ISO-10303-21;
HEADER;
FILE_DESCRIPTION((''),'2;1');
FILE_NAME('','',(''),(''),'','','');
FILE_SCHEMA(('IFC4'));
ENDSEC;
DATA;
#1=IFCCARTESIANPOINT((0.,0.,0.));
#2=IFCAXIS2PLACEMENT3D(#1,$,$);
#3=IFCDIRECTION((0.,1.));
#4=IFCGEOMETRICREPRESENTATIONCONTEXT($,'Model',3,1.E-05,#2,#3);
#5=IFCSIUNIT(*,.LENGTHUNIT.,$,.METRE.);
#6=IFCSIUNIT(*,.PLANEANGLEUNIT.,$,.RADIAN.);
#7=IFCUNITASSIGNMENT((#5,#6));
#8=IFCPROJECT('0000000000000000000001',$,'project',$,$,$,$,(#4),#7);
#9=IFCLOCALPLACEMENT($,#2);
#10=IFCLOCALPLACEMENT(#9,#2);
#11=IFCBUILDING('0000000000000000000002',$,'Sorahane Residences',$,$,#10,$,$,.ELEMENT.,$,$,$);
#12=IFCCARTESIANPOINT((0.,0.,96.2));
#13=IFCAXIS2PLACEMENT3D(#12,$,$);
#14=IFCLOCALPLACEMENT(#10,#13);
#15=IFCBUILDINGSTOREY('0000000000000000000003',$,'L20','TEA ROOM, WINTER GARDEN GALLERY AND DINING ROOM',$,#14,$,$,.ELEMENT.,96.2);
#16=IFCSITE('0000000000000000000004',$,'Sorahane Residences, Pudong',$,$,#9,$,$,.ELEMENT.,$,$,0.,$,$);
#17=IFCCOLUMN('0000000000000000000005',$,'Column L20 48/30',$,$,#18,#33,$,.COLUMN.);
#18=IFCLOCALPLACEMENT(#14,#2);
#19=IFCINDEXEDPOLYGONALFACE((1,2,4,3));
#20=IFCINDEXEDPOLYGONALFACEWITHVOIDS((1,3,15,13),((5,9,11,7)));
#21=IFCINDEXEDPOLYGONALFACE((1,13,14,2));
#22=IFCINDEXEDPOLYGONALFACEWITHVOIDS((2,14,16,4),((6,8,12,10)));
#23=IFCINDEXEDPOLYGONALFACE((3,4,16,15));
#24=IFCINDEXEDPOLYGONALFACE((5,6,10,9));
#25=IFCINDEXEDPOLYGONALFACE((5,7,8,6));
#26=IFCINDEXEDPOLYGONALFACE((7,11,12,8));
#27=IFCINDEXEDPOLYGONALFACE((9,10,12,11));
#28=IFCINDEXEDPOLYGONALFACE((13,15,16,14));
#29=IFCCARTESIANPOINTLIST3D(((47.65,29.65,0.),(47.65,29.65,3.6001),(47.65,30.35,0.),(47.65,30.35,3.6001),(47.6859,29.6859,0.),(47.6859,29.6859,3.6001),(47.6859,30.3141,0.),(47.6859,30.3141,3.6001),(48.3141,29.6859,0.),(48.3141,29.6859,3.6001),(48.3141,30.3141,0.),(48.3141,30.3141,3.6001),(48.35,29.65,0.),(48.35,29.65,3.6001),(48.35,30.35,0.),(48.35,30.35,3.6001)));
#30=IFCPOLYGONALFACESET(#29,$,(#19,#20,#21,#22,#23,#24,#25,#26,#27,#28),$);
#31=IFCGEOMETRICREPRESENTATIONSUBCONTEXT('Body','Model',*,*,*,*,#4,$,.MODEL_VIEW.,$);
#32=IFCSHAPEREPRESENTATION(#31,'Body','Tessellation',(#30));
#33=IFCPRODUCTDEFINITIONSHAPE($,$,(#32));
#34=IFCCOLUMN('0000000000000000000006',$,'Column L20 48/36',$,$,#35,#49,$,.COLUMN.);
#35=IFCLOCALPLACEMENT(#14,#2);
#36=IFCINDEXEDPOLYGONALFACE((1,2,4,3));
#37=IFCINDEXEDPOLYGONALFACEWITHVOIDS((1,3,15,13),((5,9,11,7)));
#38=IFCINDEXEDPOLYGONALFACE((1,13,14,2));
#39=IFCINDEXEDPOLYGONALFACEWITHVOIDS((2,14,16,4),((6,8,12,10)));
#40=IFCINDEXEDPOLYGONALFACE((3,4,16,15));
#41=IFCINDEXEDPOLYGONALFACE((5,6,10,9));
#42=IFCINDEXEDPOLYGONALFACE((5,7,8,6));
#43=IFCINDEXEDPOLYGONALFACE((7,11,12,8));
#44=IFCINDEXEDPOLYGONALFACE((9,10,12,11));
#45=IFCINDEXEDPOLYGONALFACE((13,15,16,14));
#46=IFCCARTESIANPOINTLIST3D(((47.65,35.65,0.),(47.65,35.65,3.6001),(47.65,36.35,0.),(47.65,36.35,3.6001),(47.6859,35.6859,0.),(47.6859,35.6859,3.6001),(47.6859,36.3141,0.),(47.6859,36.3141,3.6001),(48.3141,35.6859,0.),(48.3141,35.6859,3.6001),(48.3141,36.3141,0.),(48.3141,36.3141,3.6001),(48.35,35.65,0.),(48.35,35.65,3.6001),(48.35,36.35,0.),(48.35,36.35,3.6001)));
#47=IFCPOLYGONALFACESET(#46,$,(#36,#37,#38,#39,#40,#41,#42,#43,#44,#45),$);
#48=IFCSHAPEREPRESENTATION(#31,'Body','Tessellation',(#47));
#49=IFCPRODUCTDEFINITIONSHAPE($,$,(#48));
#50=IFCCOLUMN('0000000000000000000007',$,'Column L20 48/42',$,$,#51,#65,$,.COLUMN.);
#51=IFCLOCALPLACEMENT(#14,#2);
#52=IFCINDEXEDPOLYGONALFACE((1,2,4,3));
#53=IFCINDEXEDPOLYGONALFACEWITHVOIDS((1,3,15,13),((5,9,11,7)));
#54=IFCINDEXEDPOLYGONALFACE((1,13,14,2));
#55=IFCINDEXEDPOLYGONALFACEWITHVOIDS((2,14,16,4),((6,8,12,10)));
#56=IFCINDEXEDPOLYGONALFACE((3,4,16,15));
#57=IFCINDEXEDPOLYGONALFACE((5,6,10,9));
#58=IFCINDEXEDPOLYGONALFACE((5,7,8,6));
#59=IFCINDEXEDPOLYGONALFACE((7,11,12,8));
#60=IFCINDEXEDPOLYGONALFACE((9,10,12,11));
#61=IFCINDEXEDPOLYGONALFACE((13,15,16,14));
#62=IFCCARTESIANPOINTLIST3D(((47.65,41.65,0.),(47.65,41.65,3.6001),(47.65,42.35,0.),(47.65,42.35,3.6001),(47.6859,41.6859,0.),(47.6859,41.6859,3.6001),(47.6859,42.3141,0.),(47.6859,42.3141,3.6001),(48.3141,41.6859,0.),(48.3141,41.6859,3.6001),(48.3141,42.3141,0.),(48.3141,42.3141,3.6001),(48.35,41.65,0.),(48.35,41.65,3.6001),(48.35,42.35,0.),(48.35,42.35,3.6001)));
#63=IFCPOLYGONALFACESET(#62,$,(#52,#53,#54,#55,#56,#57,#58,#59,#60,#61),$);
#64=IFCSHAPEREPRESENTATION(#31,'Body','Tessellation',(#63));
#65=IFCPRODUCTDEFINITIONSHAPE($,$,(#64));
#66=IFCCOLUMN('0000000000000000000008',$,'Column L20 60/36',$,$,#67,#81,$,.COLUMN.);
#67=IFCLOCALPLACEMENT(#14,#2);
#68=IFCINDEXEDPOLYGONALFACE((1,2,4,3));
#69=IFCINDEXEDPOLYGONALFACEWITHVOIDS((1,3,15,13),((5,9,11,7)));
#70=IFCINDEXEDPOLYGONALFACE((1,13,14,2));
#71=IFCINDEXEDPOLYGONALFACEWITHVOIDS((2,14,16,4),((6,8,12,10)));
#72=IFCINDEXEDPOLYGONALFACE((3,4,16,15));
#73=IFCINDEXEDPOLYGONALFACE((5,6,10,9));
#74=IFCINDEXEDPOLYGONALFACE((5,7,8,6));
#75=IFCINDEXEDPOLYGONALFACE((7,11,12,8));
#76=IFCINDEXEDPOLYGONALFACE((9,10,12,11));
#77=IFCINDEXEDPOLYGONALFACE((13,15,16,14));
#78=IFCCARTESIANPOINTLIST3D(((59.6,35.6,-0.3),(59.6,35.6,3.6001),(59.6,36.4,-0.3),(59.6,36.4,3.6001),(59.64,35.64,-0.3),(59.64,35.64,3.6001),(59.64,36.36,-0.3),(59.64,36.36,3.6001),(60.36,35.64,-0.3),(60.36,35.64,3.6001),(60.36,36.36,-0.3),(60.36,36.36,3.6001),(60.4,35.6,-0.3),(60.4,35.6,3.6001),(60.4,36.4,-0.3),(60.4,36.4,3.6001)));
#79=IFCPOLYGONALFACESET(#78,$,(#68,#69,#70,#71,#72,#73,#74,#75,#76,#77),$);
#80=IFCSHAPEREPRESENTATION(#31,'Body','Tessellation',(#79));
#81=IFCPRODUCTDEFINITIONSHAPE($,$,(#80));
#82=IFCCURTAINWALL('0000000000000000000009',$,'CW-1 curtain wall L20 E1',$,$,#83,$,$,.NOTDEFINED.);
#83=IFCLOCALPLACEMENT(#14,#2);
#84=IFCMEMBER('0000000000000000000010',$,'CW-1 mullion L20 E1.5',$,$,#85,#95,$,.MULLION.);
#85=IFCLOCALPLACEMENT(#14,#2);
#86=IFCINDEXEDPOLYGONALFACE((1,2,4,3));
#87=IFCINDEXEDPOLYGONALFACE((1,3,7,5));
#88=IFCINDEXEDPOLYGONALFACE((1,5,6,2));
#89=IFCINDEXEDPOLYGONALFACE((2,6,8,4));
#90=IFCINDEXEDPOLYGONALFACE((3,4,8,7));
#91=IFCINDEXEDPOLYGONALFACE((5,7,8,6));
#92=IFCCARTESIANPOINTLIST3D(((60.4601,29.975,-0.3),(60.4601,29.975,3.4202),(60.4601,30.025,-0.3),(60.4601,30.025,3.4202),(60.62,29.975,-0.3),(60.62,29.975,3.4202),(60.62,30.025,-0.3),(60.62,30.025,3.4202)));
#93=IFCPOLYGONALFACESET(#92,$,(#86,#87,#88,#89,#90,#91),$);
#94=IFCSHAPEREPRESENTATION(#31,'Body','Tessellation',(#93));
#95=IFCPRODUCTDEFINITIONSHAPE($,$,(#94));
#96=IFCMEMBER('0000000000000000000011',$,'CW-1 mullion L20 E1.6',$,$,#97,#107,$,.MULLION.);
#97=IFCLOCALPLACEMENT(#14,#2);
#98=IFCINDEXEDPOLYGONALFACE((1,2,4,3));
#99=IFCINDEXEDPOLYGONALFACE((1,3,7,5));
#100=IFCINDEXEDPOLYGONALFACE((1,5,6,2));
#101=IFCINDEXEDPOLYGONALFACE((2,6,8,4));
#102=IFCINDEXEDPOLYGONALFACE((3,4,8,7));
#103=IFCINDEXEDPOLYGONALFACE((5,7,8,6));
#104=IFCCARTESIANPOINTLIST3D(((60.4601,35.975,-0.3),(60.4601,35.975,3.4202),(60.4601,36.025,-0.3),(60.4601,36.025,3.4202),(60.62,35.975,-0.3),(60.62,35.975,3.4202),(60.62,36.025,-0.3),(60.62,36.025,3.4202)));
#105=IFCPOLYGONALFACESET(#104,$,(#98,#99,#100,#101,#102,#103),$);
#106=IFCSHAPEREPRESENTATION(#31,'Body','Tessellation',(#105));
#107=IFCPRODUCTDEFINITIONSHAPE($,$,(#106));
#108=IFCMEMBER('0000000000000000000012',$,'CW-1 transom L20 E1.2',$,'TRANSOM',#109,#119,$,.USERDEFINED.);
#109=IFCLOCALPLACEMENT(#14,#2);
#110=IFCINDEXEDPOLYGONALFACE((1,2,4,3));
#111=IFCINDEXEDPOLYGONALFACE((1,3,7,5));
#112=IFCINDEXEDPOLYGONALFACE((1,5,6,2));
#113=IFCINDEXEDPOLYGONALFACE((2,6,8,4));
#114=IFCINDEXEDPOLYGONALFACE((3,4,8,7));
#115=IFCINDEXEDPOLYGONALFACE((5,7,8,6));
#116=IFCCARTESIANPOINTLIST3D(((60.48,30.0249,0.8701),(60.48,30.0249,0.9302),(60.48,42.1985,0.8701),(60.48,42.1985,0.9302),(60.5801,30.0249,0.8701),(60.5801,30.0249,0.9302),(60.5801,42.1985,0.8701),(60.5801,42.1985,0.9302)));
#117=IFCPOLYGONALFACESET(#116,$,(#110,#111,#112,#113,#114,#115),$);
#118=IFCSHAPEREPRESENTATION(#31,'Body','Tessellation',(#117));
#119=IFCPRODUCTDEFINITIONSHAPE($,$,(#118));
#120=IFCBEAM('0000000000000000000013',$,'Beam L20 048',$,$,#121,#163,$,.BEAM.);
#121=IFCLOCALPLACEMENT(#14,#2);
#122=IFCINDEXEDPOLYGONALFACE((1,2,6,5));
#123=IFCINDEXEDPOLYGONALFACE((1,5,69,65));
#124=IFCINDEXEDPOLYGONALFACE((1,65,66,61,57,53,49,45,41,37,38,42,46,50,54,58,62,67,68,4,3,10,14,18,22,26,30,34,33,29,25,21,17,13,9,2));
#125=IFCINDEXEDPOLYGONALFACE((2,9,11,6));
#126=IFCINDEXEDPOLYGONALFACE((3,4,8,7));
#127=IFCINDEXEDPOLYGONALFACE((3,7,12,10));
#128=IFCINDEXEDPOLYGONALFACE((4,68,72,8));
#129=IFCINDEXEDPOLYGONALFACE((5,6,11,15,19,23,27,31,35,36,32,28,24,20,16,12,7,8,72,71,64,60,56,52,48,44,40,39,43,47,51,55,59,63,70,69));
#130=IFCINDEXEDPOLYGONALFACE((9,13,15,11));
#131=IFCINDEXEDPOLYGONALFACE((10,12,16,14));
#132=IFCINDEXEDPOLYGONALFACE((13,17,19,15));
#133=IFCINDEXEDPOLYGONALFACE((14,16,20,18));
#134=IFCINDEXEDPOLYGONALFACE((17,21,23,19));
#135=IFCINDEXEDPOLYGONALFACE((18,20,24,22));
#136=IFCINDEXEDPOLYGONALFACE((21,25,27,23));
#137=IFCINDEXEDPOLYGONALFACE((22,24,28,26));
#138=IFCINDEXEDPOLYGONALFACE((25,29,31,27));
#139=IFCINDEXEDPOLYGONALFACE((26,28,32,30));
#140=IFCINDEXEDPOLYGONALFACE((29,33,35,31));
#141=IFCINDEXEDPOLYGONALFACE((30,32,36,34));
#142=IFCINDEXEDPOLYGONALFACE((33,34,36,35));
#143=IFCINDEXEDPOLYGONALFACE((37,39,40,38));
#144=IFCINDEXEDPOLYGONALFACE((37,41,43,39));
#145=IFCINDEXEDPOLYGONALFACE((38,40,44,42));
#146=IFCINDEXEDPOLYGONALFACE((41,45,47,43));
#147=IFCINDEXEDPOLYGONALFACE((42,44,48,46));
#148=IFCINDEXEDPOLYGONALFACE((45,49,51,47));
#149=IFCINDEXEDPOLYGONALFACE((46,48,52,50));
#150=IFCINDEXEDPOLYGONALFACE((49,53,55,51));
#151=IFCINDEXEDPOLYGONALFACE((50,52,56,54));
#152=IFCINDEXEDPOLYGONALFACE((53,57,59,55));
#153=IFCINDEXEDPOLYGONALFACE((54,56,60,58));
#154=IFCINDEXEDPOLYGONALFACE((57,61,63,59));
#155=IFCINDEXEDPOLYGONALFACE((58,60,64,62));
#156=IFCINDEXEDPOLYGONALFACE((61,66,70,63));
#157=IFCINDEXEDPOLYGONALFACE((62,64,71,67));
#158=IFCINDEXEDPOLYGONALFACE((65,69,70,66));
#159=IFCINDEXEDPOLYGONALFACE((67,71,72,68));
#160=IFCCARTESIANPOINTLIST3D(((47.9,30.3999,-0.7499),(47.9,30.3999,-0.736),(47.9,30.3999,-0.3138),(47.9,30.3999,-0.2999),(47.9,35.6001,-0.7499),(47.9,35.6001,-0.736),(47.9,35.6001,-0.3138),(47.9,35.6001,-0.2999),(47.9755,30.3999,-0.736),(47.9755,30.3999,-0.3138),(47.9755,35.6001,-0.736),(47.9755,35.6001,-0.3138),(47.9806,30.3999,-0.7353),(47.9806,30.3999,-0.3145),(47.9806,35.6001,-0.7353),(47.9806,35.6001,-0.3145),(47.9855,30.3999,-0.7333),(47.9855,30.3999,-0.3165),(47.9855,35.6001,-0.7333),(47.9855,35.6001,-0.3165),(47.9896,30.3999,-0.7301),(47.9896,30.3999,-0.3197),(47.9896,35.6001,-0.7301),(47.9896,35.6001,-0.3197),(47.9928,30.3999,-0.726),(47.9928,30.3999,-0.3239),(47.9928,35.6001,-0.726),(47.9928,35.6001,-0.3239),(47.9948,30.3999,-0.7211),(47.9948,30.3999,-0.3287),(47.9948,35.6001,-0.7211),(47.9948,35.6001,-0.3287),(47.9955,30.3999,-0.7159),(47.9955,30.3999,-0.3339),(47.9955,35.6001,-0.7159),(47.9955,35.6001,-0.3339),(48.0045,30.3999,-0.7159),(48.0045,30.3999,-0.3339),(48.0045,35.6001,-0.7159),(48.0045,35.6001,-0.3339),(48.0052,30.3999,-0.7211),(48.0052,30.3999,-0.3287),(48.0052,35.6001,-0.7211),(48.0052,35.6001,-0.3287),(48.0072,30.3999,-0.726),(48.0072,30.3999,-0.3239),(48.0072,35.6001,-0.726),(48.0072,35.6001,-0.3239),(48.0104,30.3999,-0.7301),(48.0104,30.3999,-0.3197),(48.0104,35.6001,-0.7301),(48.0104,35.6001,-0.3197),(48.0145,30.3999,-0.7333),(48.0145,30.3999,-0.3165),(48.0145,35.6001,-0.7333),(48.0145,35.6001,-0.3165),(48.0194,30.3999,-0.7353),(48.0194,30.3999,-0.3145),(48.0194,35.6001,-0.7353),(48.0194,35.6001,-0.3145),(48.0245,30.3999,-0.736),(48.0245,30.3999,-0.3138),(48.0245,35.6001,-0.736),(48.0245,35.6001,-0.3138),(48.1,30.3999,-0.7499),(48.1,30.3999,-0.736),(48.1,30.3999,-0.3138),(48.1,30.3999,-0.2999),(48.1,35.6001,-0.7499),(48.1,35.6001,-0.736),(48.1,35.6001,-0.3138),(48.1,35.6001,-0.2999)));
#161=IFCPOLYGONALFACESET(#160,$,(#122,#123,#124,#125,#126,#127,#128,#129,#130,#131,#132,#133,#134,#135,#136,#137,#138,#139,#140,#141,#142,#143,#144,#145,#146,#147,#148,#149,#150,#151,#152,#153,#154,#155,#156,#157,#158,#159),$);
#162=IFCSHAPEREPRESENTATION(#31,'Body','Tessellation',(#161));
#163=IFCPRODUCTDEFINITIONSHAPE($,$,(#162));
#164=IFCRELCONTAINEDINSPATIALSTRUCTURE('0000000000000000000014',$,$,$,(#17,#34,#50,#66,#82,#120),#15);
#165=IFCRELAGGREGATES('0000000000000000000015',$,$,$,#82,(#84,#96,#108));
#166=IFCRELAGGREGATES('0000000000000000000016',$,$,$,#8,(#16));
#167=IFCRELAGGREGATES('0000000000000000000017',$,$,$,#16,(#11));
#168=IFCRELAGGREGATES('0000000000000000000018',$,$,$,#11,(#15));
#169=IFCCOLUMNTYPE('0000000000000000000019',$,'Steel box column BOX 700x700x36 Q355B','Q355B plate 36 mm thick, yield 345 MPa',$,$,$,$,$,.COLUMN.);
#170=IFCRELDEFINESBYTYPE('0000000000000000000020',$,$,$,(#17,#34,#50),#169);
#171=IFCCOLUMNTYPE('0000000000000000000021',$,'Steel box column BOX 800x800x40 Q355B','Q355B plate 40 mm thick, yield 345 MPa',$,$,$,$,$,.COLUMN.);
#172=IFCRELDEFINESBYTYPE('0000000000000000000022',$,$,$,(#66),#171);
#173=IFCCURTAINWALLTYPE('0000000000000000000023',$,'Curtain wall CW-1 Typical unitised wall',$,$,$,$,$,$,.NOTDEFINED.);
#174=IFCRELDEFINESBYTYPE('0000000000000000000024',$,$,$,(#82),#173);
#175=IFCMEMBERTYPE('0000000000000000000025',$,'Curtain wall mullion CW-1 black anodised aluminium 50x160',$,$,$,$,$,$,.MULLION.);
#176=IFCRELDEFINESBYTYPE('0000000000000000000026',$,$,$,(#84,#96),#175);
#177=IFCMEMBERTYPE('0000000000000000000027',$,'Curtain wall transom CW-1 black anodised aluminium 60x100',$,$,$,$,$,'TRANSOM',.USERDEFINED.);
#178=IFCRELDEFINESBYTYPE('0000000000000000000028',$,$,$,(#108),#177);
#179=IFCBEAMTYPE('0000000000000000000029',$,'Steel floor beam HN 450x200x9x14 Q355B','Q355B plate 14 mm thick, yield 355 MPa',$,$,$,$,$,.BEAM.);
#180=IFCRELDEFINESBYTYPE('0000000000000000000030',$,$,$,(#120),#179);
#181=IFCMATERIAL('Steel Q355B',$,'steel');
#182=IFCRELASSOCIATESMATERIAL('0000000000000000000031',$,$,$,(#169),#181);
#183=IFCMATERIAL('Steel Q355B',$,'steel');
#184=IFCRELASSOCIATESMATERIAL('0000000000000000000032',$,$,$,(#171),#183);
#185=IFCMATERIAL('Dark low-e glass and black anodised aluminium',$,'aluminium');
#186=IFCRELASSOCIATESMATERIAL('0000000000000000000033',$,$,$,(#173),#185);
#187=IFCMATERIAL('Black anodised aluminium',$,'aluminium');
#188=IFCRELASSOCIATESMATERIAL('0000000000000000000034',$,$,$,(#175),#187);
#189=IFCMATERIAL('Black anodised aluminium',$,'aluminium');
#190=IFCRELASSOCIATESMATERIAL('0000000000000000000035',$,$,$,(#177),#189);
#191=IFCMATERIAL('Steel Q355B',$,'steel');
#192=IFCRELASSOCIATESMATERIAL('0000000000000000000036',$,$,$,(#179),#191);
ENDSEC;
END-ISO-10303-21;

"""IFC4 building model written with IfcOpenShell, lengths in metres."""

from ifc_helpers import new_model, si_unit, direction, frame, origin, origin_2d, place, context, subcontext, project, spatial, rectangle, hollow_rectangle, i_section, extrude, material, material_profile, profile_set, type_object, element, aggregate, save


model = new_model("IFC4")

# Units and contexts
model_context = context("Model", 3, precision=1e-05, world=origin(), true_north=direction((0.0, 1.0)))
body_context = subcontext(model_context, "Body", "Model", "MODEL_VIEW")
ifc_project = project(units=[si_unit("LENGTHUNIT", "METRE"), si_unit("PLANEANGLEUNIT", "RADIAN")], contexts=[model_context])

# Site, building, storey
site_placement = place(None, origin())
site = spatial("IfcSite", under=ifc_project, at=site_placement, Name="Sorahane Residences, Pudong", CompositionType="ELEMENT", RefElevation=0.0)
building_placement = place(site_placement, origin())
building = spatial("IfcBuilding", under=site, at=building_placement, Name="Sorahane Residences", CompositionType="ELEMENT")
storey_placement = place(building_placement, frame((0.0, 0.0, 96.2)))
storey = spatial("IfcBuildingStorey", under=building, at=storey_placement, Name="L20", Description="TEA ROOM, WINTER GARDEN GALLERY AND DINING ROOM", CompositionType="ELEMENT", Elevation=96.2)

# Columns
ifc_material_1 = material(Name="Steel Q355B", Category="steel")
ifc_material_profile_1 = material_profile(ifc_material_1, hollow_rectangle(XDim=0.7, YDim=0.7, WallThickness=0.0359, at=origin_2d()), Name="BOX 700x700x36")
ifc_profile_set_1 = profile_set([ifc_material_profile_1], Name="Steel Q355B")
column_type_1 = type_object("IfcColumnType", Name="Steel box column BOX 700x700x36 Q355B", Description="Q355B plate 36 mm thick, yield 345 MPa", PredefinedType="COLUMN", material=ifc_profile_set_1)
for number, where, z_axis, x_axis, name in (
    (1, (48.0, 30.0, 0.0), (0.0, 0.0, 1.0), (1.0, 0.0, 0.0), "Column L20 48/30"),
    (2, (48.0, 36.0, 0.0), (0.0, 0.0, 1.0), (1.0, 0.0, 0.0), "Column L20 48/36"),
    (3, (48.0, 42.0, 0.0), (0.0, 0.0, 1.0), (1.0, 0.0, 0.0), "Column L20 48/42"),
):
    element("IfcColumn", number, at=place(storey_placement, frame(where, z_axis=z_axis, x_axis=x_axis)), inside=storey, type_object=column_type_1, Name=name, PredefinedType="COLUMN", context=body_context, shape_type="SweptSolid", body=[
        extrude(hollow_rectangle(XDim=0.7, YDim=0.7, WallThickness=0.0359, at=origin_2d()), origin(), (0.0, 0.0, 1.0), 3.6001),
    ])
ifc_material_2 = material(Name="Steel Q355B", Category="steel")
ifc_material_profile_2 = material_profile(ifc_material_2, hollow_rectangle(XDim=0.8, YDim=0.8, WallThickness=0.04, at=origin_2d()), Name="BOX 800x800x40")
ifc_profile_set_2 = profile_set([ifc_material_profile_2], Name="Steel Q355B")
column_type_2 = type_object("IfcColumnType", Name="Steel box column BOX 800x800x40 Q355B", Description="Q355B plate 40 mm thick, yield 345 MPa", PredefinedType="COLUMN", material=ifc_profile_set_2)
column_placement = place(storey_placement, frame((60.0, 36.0, -0.3), z_axis=(0.0, 0.0, 1.0), x_axis=(1.0, 0.0, 0.0)))
element("IfcColumn", 4, at=column_placement, inside=storey, type_object=column_type_2, Name="Column L20 60/36", PredefinedType="COLUMN", context=body_context, shape_type="SweptSolid", body=[
    extrude(hollow_rectangle(XDim=0.8, YDim=0.8, WallThickness=0.04, at=origin_2d()), origin(), (0.0, 0.0, 1.0), 3.9001),
])

# Curtain wall, members
ifc_material_3 = material(Name="Dark low-e glass and black anodised aluminium", Category="aluminium")
curtain_wall_type = type_object("IfcCurtainWallType", Name="Curtain wall CW-1 Typical unitised wall", PredefinedType="NOTDEFINED", material=ifc_material_3)
curtain_wall_placement = place(storey_placement, origin())
curtain_wall = element("IfcCurtainWall", 5, at=curtain_wall_placement, inside=storey, type_object=curtain_wall_type, Name="CW-1 curtain wall L20 E1", PredefinedType="NOTDEFINED")
ifc_material_4 = material(Name="Black anodised aluminium", Category="aluminium")
ifc_material_profile_3 = material_profile(ifc_material_4, rectangle(XDim=0.1599, YDim=0.05, at=origin_2d()), Name="Curtain wall mullion CW-1 black anodised aluminium 50x160")
ifc_profile_set_3 = profile_set([ifc_material_profile_3], Name="Black anodised aluminium")
member_type_1 = type_object("IfcMemberType", Name="Curtain wall mullion CW-1 black anodised aluminium 50x160", PredefinedType="MULLION", material=ifc_profile_set_3)
member_1_placement = place(storey_placement, frame((60.54, 30.0, -0.3), z_axis=(0.0, 0.0, 1.0), x_axis=(1.0, 0.0, 0.0)))
member_1 = element("IfcMember", 6, at=member_1_placement, type_object=member_type_1, Name="CW-1 mullion L20 E1.5", PredefinedType="MULLION", context=body_context, shape_type="SweptSolid", body=[
    extrude(rectangle(XDim=0.1599, YDim=0.05, at=origin_2d()), origin(), (0.0, 0.0, 1.0), 3.7202),
])
member_2_placement = place(storey_placement, frame((60.54, 36.0, -0.3), z_axis=(0.0, 0.0, 1.0), x_axis=(1.0, 0.0, 0.0)))
member_2 = element("IfcMember", 7, at=member_2_placement, type_object=member_type_1, Name="CW-1 mullion L20 E1.6", PredefinedType="MULLION", context=body_context, shape_type="SweptSolid", body=[
    extrude(rectangle(XDim=0.1599, YDim=0.05, at=origin_2d()), origin(), (0.0, 0.0, 1.0), 3.7202),
])
ifc_material_5 = material(Name="Black anodised aluminium", Category="aluminium")
ifc_material_profile_4 = material_profile(ifc_material_5, rectangle(XDim=0.1001, YDim=0.0601, at=origin_2d()), Name="Curtain wall transom CW-1 black anodised aluminium 60x100")
ifc_profile_set_4 = profile_set([ifc_material_profile_4], Name="Black anodised aluminium")
member_type_2 = type_object("IfcMemberType", Name="Curtain wall transom CW-1 black anodised aluminium 60x100", ElementType="TRANSOM", PredefinedType="USERDEFINED", material=ifc_profile_set_4)
member_3_placement = place(storey_placement, frame((60.53, 30.0249, 0.9001), z_axis=(0.0, 1.0, 0.0), x_axis=(-1.0, 0.0, 0.0)))
member_3 = element("IfcMember", 8, at=member_3_placement, type_object=member_type_2, Name="CW-1 transom L20 E1.2", ObjectType="TRANSOM", PredefinedType="USERDEFINED", context=body_context, shape_type="SweptSolid", body=[
    extrude(rectangle(XDim=0.1001, YDim=0.0601, at=origin_2d()), origin(), (0.0, 0.0, 1.0), 12.1736),
])

# Beam
ifc_material_6 = material(Name="Steel Q355B", Category="steel")
ifc_material_profile_5 = material_profile(ifc_material_6, i_section(OverallWidth=0.2, OverallDepth=0.45, WebThickness=0.009, FlangeThickness=0.0139, FilletRadius=0.02, at=origin_2d()), Name="HN 450x200x9x14")
ifc_profile_set_5 = profile_set([ifc_material_profile_5], Name="Steel Q355B")
beam_type_1 = type_object("IfcBeamType", Name="Steel floor beam HN 450x200x9x14 Q355B", Description="Q355B plate 14 mm thick, yield 355 MPa", PredefinedType="BEAM", material=ifc_profile_set_5)
for number, where, z_axis, x_axis, name in (
    (9, (48.0, 30.3999, -0.5249), (0.0, 1.0, 0.0), (-1.0, 0.0, 0.0), "Beam L20 048"),
):
    element("IfcBeam", number, at=place(storey_placement, frame(where, z_axis=z_axis, x_axis=x_axis)), inside=storey, type_object=beam_type_1, Name=name, PredefinedType="BEAM", context=body_context, shape_type="SweptSolid", body=[
        extrude(i_section(OverallWidth=0.2, OverallDepth=0.45, WebThickness=0.009, FlangeThickness=0.0139, FilletRadius=0.02, at=origin_2d()), origin(), (0.0, 0.0, 1.0), 5.2002),
    ])

aggregate(curtain_wall, [member_1, member_2, member_3])

save(model, "model.ifc")
